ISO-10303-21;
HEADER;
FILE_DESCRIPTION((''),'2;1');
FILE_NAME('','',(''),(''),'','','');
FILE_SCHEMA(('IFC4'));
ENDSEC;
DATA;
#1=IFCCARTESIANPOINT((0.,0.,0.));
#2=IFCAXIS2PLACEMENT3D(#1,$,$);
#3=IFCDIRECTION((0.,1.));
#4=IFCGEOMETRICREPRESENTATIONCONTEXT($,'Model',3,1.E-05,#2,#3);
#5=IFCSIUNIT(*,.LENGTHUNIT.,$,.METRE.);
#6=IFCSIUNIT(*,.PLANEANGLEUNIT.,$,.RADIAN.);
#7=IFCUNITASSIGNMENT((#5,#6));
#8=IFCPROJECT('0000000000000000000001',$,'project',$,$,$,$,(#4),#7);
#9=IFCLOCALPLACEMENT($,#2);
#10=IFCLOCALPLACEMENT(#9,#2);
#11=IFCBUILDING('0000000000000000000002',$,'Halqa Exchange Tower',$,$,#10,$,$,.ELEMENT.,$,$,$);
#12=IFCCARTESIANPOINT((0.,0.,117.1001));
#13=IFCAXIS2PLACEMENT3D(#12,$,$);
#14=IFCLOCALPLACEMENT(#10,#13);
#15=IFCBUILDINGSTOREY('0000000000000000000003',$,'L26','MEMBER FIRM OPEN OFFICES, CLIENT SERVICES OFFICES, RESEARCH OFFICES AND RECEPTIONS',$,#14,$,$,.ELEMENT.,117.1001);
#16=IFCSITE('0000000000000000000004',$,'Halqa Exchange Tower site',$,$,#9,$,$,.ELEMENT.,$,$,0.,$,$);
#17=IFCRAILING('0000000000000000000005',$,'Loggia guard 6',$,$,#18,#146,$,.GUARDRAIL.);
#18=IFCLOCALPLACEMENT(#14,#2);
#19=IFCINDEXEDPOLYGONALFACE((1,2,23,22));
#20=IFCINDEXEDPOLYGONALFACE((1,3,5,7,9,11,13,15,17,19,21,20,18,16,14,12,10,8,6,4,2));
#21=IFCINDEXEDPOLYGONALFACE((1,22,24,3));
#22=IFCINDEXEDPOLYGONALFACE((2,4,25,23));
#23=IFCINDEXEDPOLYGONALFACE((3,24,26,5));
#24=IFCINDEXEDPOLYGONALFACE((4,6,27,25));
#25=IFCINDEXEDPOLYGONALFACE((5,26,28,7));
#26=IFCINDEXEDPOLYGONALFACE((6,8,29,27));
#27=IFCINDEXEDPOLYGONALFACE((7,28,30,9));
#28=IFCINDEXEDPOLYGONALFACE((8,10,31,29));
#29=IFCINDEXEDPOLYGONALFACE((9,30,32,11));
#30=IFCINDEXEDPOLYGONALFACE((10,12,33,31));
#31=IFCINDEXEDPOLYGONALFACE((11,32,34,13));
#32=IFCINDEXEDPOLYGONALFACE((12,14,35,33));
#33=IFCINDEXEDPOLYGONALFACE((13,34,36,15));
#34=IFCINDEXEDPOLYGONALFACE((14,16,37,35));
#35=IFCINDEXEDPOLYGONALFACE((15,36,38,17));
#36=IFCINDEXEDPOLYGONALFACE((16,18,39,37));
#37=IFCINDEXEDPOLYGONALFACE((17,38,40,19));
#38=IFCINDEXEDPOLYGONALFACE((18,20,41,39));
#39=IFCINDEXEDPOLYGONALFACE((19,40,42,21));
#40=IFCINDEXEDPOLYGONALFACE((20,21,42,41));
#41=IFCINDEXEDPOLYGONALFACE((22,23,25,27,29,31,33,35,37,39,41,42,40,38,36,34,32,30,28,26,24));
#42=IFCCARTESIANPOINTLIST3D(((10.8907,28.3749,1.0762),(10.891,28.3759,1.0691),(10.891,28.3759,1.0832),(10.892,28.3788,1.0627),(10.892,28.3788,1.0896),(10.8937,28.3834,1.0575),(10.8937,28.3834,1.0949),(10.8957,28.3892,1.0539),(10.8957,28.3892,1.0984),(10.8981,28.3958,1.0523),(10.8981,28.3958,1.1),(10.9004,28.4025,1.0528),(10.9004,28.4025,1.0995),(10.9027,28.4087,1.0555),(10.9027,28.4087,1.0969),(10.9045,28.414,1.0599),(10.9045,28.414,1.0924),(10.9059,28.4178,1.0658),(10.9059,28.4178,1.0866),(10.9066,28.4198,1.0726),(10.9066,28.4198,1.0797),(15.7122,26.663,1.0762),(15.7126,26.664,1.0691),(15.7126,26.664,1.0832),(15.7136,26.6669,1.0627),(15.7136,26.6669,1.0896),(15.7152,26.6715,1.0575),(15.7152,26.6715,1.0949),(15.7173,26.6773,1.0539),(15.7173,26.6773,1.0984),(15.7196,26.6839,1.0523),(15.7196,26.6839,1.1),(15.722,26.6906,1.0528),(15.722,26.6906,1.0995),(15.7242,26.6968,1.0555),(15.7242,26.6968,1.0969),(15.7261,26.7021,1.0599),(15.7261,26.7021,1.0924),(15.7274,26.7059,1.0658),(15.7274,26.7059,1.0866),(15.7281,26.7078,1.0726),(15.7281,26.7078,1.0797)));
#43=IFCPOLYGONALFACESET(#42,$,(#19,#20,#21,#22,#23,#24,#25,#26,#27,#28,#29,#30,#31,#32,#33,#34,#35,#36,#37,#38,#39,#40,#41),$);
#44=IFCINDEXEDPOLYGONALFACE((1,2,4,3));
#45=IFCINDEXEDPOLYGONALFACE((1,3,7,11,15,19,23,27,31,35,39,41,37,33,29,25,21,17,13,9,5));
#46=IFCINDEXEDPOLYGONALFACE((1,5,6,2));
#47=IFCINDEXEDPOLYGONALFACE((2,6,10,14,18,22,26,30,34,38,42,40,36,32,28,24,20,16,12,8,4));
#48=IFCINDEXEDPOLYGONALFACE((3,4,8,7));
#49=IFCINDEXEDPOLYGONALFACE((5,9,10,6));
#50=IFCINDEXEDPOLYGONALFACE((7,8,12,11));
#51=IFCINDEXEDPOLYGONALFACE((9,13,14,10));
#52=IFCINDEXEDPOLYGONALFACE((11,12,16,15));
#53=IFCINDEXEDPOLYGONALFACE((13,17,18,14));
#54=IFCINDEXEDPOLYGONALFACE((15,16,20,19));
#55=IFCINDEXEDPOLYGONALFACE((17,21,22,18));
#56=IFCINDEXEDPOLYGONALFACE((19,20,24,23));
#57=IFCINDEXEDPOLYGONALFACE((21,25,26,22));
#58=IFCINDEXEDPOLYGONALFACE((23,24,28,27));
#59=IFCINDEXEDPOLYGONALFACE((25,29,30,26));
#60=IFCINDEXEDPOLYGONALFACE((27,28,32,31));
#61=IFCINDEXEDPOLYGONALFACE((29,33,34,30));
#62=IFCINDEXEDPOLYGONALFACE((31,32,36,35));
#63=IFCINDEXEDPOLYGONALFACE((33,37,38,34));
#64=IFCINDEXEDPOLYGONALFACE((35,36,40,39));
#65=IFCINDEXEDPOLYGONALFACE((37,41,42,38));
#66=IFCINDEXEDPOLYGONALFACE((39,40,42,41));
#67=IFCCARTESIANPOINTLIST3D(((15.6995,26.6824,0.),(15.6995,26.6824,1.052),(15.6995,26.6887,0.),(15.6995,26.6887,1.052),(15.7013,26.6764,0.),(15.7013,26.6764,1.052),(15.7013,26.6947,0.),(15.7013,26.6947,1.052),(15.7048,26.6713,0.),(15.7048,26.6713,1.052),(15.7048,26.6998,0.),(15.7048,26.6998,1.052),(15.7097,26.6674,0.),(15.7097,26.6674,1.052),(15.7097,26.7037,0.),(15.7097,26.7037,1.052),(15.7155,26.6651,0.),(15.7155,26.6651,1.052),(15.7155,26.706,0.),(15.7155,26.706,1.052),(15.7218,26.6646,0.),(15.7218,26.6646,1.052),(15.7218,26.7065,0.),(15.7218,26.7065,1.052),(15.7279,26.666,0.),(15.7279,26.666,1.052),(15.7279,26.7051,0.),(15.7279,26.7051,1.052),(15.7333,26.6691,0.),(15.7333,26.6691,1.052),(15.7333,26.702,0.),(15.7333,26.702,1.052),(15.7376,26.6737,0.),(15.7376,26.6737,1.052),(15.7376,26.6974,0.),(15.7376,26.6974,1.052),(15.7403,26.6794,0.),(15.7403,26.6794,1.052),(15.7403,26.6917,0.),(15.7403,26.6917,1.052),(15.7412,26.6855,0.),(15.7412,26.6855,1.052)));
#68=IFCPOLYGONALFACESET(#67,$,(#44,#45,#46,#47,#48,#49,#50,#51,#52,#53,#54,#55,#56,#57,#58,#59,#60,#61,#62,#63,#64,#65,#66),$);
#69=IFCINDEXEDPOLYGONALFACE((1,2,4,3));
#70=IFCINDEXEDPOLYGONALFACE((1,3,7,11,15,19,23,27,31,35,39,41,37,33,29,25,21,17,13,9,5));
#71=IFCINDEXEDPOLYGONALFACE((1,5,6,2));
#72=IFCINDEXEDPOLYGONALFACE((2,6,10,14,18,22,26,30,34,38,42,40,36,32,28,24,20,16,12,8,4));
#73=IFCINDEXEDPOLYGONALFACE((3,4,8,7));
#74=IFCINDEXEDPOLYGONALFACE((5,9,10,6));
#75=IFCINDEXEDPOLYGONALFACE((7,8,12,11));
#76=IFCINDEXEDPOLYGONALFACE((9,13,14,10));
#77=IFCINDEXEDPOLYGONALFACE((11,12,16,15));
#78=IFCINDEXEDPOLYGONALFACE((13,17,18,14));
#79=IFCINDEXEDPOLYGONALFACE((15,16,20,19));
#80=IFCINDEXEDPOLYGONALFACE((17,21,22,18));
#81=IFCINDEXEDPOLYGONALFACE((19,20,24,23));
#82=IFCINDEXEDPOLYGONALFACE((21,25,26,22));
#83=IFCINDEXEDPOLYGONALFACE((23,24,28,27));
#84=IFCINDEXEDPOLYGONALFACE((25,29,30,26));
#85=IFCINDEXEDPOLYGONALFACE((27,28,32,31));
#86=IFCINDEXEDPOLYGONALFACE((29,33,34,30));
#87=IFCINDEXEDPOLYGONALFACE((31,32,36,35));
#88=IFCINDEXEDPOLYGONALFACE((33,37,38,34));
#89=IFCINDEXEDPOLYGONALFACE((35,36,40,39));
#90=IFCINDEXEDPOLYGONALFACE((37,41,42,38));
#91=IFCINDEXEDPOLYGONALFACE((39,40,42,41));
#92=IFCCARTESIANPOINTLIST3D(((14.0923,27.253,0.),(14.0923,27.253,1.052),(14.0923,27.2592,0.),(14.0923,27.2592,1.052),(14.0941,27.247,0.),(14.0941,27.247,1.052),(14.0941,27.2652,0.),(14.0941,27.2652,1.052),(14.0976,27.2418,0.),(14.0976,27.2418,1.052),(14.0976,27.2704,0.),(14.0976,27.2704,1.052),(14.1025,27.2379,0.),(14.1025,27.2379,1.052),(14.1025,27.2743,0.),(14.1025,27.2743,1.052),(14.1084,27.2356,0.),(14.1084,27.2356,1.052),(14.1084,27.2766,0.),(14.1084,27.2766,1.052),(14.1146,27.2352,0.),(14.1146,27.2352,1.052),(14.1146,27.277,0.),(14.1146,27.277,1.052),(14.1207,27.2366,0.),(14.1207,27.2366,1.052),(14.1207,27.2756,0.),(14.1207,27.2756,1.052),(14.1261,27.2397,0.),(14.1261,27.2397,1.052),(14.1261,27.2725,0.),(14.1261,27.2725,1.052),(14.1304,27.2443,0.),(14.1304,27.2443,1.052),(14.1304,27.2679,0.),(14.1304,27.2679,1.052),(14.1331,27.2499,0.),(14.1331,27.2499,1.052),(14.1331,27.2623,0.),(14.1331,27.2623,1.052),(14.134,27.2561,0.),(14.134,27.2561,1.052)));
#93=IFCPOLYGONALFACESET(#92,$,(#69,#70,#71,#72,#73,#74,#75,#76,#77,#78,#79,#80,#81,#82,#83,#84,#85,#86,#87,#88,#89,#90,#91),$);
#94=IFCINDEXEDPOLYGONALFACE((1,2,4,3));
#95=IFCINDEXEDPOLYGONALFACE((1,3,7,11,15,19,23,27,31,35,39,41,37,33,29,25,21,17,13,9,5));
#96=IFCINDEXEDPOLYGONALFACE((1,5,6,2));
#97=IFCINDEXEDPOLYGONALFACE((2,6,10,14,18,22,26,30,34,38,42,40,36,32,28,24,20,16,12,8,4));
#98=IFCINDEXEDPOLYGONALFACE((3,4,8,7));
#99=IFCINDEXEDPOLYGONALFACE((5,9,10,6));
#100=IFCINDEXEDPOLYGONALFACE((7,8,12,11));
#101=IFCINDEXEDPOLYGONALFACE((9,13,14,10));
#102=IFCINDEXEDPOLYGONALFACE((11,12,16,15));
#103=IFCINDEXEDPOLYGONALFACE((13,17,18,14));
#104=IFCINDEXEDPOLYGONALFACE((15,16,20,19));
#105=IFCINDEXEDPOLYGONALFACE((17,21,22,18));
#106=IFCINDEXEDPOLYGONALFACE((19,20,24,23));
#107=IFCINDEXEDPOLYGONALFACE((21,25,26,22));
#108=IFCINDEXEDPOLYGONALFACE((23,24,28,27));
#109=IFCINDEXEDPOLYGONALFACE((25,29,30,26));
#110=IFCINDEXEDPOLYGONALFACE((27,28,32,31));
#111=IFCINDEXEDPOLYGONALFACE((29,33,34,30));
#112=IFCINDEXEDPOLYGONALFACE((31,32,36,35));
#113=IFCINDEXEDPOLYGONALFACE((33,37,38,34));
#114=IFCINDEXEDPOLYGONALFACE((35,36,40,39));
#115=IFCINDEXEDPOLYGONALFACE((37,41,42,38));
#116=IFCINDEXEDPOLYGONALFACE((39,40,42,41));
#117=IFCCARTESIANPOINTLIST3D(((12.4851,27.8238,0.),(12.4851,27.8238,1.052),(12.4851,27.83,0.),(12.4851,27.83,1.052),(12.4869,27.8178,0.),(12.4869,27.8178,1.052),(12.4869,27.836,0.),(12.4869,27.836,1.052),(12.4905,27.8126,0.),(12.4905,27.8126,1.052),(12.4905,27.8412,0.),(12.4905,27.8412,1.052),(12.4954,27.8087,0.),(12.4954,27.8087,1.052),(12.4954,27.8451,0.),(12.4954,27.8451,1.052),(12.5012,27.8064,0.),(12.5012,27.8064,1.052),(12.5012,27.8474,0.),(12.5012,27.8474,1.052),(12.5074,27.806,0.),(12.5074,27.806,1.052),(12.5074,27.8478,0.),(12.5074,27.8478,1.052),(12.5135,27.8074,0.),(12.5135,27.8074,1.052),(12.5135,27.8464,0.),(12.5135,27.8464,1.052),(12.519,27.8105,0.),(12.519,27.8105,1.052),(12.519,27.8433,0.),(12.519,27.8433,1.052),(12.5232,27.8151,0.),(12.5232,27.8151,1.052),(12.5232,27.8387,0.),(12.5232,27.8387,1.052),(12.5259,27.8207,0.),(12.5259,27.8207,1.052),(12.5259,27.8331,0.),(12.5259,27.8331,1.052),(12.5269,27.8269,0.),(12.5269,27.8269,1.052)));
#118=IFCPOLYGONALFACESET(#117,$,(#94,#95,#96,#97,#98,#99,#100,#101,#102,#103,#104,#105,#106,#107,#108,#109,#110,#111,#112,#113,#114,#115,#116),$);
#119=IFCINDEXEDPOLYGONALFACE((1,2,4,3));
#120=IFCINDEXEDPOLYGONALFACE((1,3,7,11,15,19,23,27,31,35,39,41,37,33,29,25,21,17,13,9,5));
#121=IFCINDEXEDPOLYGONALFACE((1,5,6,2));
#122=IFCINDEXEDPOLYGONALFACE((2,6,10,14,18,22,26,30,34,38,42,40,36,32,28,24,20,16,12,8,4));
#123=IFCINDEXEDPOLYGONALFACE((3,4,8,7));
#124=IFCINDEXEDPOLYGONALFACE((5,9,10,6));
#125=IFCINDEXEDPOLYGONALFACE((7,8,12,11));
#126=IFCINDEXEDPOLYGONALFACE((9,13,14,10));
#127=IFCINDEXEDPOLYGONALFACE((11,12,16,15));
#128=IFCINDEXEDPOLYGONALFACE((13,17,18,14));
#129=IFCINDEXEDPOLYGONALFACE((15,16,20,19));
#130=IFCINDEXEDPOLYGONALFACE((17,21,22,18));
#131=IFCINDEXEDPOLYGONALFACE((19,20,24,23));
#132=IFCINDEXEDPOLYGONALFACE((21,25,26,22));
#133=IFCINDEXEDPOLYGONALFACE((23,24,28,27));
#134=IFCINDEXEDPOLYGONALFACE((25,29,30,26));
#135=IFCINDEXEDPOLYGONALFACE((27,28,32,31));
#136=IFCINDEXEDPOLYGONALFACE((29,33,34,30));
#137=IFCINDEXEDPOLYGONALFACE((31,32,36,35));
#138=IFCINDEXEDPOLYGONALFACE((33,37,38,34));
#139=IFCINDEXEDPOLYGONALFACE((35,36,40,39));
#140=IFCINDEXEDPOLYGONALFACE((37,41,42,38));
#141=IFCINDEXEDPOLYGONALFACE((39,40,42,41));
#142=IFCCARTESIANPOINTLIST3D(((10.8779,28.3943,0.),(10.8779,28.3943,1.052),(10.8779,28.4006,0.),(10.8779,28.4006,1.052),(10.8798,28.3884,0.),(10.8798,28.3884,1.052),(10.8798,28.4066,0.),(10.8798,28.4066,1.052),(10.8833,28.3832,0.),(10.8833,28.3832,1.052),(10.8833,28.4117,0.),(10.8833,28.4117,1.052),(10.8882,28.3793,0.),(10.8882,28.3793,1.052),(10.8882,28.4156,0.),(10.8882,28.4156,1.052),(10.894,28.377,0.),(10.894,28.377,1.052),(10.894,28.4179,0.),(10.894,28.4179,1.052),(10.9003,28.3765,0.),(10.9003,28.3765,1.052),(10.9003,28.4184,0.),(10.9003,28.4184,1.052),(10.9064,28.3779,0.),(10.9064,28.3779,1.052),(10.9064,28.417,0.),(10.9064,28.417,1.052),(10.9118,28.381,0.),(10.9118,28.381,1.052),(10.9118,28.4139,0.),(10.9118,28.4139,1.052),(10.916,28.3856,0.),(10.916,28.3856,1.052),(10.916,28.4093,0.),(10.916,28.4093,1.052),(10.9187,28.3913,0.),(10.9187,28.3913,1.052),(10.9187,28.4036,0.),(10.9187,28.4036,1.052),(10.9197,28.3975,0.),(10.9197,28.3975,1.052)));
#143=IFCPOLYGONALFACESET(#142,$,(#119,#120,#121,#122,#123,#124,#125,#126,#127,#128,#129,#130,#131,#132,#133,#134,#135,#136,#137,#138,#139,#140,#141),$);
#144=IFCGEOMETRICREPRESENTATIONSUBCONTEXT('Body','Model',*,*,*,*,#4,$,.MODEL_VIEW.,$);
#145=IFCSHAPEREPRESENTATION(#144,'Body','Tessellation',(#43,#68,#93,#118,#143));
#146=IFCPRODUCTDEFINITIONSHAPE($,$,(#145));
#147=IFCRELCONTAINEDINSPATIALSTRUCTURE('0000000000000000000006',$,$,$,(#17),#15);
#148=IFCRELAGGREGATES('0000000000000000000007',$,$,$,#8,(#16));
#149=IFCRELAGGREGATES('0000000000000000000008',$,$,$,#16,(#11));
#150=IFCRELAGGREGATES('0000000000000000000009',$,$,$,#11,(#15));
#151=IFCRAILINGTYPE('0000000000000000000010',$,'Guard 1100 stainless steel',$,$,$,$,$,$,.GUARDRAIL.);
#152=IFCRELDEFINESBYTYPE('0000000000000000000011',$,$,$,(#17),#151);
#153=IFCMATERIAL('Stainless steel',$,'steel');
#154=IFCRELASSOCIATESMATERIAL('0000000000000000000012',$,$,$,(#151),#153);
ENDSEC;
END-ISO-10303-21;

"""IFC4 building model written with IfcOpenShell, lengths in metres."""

from ifc_helpers import new_model, si_unit, direction, frame, origin, origin_2d, place, context, subcontext, project, spatial, circle, extrude, material, type_object, element, save


model = new_model("IFC4")

# Units and contexts
model_context = context("Model", 3, precision=1e-05, world=origin(), true_north=direction((0.0, 1.0)))
body_context = subcontext(model_context, "Body", "Model", "MODEL_VIEW")
ifc_project = project(units=[si_unit("LENGTHUNIT", "METRE"), si_unit("PLANEANGLEUNIT", "RADIAN")], contexts=[model_context])

# Site, building, storey
site_placement = place(None, origin())
site = spatial("IfcSite", under=ifc_project, at=site_placement, Name="Halqa Exchange Tower site", CompositionType="ELEMENT", RefElevation=0.0)
building_placement = place(site_placement, origin())
building = spatial("IfcBuilding", under=site, at=building_placement, Name="Halqa Exchange Tower", CompositionType="ELEMENT")
storey_placement = place(building_placement, frame((0.0, 0.0, 117.1001)))
storey = spatial("IfcBuildingStorey", under=building, at=storey_placement, Name="L26", Description="MEMBER FIRM OPEN OFFICES, CLIENT SERVICES OFFICES, RESEARCH OFFICES AND RECEPTIONS", CompositionType="ELEMENT", Elevation=117.1001)

# Railing
ifc_material_1 = material(Name="Stainless steel", Category="steel")
railing_type = type_object("IfcRailingType", Name="Guard 1100 stainless steel", PredefinedType="GUARDRAIL", material=ifc_material_1)
railing_1_placement = place(storey_placement, frame((15.7202, 26.6855, 0.0)))
element("IfcRailing", 1, at=railing_1_placement, inside=storey, type_object=railing_type, Name="Loggia guard 6", PredefinedType="GUARDRAIL", context=body_context, shape_type="SweptSolid", body=[
    extrude(circle(Radius=0.0239, at=origin_2d()), frame((0.0, 0.0, 1.0762), z_axis=(-0.942363, 0.334592, 0.0), x_axis=(-0.334592, -0.942363, 0.0)), (0.0, 0.0, 1.0), 5.1165),
    extrude(circle(Radius=0.021, at=origin_2d()), origin(), (0.0, 0.0, 1.0), 1.052),
    extrude(circle(Radius=0.021, at=origin_2d()), frame((-1.6072, 0.5706, 0.0)), (0.0, 0.0, 1.0), 1.052),
    extrude(circle(Radius=0.021, at=origin_2d()), frame((-3.2144, 1.1414, 0.0)), (0.0, 0.0, 1.0), 1.052),
    extrude(circle(Radius=0.021, at=origin_2d()), frame((-4.8215, 1.7119, 0.0)), (0.0, 0.0, 1.0), 1.052),
])

save(model, "model.ifc")
